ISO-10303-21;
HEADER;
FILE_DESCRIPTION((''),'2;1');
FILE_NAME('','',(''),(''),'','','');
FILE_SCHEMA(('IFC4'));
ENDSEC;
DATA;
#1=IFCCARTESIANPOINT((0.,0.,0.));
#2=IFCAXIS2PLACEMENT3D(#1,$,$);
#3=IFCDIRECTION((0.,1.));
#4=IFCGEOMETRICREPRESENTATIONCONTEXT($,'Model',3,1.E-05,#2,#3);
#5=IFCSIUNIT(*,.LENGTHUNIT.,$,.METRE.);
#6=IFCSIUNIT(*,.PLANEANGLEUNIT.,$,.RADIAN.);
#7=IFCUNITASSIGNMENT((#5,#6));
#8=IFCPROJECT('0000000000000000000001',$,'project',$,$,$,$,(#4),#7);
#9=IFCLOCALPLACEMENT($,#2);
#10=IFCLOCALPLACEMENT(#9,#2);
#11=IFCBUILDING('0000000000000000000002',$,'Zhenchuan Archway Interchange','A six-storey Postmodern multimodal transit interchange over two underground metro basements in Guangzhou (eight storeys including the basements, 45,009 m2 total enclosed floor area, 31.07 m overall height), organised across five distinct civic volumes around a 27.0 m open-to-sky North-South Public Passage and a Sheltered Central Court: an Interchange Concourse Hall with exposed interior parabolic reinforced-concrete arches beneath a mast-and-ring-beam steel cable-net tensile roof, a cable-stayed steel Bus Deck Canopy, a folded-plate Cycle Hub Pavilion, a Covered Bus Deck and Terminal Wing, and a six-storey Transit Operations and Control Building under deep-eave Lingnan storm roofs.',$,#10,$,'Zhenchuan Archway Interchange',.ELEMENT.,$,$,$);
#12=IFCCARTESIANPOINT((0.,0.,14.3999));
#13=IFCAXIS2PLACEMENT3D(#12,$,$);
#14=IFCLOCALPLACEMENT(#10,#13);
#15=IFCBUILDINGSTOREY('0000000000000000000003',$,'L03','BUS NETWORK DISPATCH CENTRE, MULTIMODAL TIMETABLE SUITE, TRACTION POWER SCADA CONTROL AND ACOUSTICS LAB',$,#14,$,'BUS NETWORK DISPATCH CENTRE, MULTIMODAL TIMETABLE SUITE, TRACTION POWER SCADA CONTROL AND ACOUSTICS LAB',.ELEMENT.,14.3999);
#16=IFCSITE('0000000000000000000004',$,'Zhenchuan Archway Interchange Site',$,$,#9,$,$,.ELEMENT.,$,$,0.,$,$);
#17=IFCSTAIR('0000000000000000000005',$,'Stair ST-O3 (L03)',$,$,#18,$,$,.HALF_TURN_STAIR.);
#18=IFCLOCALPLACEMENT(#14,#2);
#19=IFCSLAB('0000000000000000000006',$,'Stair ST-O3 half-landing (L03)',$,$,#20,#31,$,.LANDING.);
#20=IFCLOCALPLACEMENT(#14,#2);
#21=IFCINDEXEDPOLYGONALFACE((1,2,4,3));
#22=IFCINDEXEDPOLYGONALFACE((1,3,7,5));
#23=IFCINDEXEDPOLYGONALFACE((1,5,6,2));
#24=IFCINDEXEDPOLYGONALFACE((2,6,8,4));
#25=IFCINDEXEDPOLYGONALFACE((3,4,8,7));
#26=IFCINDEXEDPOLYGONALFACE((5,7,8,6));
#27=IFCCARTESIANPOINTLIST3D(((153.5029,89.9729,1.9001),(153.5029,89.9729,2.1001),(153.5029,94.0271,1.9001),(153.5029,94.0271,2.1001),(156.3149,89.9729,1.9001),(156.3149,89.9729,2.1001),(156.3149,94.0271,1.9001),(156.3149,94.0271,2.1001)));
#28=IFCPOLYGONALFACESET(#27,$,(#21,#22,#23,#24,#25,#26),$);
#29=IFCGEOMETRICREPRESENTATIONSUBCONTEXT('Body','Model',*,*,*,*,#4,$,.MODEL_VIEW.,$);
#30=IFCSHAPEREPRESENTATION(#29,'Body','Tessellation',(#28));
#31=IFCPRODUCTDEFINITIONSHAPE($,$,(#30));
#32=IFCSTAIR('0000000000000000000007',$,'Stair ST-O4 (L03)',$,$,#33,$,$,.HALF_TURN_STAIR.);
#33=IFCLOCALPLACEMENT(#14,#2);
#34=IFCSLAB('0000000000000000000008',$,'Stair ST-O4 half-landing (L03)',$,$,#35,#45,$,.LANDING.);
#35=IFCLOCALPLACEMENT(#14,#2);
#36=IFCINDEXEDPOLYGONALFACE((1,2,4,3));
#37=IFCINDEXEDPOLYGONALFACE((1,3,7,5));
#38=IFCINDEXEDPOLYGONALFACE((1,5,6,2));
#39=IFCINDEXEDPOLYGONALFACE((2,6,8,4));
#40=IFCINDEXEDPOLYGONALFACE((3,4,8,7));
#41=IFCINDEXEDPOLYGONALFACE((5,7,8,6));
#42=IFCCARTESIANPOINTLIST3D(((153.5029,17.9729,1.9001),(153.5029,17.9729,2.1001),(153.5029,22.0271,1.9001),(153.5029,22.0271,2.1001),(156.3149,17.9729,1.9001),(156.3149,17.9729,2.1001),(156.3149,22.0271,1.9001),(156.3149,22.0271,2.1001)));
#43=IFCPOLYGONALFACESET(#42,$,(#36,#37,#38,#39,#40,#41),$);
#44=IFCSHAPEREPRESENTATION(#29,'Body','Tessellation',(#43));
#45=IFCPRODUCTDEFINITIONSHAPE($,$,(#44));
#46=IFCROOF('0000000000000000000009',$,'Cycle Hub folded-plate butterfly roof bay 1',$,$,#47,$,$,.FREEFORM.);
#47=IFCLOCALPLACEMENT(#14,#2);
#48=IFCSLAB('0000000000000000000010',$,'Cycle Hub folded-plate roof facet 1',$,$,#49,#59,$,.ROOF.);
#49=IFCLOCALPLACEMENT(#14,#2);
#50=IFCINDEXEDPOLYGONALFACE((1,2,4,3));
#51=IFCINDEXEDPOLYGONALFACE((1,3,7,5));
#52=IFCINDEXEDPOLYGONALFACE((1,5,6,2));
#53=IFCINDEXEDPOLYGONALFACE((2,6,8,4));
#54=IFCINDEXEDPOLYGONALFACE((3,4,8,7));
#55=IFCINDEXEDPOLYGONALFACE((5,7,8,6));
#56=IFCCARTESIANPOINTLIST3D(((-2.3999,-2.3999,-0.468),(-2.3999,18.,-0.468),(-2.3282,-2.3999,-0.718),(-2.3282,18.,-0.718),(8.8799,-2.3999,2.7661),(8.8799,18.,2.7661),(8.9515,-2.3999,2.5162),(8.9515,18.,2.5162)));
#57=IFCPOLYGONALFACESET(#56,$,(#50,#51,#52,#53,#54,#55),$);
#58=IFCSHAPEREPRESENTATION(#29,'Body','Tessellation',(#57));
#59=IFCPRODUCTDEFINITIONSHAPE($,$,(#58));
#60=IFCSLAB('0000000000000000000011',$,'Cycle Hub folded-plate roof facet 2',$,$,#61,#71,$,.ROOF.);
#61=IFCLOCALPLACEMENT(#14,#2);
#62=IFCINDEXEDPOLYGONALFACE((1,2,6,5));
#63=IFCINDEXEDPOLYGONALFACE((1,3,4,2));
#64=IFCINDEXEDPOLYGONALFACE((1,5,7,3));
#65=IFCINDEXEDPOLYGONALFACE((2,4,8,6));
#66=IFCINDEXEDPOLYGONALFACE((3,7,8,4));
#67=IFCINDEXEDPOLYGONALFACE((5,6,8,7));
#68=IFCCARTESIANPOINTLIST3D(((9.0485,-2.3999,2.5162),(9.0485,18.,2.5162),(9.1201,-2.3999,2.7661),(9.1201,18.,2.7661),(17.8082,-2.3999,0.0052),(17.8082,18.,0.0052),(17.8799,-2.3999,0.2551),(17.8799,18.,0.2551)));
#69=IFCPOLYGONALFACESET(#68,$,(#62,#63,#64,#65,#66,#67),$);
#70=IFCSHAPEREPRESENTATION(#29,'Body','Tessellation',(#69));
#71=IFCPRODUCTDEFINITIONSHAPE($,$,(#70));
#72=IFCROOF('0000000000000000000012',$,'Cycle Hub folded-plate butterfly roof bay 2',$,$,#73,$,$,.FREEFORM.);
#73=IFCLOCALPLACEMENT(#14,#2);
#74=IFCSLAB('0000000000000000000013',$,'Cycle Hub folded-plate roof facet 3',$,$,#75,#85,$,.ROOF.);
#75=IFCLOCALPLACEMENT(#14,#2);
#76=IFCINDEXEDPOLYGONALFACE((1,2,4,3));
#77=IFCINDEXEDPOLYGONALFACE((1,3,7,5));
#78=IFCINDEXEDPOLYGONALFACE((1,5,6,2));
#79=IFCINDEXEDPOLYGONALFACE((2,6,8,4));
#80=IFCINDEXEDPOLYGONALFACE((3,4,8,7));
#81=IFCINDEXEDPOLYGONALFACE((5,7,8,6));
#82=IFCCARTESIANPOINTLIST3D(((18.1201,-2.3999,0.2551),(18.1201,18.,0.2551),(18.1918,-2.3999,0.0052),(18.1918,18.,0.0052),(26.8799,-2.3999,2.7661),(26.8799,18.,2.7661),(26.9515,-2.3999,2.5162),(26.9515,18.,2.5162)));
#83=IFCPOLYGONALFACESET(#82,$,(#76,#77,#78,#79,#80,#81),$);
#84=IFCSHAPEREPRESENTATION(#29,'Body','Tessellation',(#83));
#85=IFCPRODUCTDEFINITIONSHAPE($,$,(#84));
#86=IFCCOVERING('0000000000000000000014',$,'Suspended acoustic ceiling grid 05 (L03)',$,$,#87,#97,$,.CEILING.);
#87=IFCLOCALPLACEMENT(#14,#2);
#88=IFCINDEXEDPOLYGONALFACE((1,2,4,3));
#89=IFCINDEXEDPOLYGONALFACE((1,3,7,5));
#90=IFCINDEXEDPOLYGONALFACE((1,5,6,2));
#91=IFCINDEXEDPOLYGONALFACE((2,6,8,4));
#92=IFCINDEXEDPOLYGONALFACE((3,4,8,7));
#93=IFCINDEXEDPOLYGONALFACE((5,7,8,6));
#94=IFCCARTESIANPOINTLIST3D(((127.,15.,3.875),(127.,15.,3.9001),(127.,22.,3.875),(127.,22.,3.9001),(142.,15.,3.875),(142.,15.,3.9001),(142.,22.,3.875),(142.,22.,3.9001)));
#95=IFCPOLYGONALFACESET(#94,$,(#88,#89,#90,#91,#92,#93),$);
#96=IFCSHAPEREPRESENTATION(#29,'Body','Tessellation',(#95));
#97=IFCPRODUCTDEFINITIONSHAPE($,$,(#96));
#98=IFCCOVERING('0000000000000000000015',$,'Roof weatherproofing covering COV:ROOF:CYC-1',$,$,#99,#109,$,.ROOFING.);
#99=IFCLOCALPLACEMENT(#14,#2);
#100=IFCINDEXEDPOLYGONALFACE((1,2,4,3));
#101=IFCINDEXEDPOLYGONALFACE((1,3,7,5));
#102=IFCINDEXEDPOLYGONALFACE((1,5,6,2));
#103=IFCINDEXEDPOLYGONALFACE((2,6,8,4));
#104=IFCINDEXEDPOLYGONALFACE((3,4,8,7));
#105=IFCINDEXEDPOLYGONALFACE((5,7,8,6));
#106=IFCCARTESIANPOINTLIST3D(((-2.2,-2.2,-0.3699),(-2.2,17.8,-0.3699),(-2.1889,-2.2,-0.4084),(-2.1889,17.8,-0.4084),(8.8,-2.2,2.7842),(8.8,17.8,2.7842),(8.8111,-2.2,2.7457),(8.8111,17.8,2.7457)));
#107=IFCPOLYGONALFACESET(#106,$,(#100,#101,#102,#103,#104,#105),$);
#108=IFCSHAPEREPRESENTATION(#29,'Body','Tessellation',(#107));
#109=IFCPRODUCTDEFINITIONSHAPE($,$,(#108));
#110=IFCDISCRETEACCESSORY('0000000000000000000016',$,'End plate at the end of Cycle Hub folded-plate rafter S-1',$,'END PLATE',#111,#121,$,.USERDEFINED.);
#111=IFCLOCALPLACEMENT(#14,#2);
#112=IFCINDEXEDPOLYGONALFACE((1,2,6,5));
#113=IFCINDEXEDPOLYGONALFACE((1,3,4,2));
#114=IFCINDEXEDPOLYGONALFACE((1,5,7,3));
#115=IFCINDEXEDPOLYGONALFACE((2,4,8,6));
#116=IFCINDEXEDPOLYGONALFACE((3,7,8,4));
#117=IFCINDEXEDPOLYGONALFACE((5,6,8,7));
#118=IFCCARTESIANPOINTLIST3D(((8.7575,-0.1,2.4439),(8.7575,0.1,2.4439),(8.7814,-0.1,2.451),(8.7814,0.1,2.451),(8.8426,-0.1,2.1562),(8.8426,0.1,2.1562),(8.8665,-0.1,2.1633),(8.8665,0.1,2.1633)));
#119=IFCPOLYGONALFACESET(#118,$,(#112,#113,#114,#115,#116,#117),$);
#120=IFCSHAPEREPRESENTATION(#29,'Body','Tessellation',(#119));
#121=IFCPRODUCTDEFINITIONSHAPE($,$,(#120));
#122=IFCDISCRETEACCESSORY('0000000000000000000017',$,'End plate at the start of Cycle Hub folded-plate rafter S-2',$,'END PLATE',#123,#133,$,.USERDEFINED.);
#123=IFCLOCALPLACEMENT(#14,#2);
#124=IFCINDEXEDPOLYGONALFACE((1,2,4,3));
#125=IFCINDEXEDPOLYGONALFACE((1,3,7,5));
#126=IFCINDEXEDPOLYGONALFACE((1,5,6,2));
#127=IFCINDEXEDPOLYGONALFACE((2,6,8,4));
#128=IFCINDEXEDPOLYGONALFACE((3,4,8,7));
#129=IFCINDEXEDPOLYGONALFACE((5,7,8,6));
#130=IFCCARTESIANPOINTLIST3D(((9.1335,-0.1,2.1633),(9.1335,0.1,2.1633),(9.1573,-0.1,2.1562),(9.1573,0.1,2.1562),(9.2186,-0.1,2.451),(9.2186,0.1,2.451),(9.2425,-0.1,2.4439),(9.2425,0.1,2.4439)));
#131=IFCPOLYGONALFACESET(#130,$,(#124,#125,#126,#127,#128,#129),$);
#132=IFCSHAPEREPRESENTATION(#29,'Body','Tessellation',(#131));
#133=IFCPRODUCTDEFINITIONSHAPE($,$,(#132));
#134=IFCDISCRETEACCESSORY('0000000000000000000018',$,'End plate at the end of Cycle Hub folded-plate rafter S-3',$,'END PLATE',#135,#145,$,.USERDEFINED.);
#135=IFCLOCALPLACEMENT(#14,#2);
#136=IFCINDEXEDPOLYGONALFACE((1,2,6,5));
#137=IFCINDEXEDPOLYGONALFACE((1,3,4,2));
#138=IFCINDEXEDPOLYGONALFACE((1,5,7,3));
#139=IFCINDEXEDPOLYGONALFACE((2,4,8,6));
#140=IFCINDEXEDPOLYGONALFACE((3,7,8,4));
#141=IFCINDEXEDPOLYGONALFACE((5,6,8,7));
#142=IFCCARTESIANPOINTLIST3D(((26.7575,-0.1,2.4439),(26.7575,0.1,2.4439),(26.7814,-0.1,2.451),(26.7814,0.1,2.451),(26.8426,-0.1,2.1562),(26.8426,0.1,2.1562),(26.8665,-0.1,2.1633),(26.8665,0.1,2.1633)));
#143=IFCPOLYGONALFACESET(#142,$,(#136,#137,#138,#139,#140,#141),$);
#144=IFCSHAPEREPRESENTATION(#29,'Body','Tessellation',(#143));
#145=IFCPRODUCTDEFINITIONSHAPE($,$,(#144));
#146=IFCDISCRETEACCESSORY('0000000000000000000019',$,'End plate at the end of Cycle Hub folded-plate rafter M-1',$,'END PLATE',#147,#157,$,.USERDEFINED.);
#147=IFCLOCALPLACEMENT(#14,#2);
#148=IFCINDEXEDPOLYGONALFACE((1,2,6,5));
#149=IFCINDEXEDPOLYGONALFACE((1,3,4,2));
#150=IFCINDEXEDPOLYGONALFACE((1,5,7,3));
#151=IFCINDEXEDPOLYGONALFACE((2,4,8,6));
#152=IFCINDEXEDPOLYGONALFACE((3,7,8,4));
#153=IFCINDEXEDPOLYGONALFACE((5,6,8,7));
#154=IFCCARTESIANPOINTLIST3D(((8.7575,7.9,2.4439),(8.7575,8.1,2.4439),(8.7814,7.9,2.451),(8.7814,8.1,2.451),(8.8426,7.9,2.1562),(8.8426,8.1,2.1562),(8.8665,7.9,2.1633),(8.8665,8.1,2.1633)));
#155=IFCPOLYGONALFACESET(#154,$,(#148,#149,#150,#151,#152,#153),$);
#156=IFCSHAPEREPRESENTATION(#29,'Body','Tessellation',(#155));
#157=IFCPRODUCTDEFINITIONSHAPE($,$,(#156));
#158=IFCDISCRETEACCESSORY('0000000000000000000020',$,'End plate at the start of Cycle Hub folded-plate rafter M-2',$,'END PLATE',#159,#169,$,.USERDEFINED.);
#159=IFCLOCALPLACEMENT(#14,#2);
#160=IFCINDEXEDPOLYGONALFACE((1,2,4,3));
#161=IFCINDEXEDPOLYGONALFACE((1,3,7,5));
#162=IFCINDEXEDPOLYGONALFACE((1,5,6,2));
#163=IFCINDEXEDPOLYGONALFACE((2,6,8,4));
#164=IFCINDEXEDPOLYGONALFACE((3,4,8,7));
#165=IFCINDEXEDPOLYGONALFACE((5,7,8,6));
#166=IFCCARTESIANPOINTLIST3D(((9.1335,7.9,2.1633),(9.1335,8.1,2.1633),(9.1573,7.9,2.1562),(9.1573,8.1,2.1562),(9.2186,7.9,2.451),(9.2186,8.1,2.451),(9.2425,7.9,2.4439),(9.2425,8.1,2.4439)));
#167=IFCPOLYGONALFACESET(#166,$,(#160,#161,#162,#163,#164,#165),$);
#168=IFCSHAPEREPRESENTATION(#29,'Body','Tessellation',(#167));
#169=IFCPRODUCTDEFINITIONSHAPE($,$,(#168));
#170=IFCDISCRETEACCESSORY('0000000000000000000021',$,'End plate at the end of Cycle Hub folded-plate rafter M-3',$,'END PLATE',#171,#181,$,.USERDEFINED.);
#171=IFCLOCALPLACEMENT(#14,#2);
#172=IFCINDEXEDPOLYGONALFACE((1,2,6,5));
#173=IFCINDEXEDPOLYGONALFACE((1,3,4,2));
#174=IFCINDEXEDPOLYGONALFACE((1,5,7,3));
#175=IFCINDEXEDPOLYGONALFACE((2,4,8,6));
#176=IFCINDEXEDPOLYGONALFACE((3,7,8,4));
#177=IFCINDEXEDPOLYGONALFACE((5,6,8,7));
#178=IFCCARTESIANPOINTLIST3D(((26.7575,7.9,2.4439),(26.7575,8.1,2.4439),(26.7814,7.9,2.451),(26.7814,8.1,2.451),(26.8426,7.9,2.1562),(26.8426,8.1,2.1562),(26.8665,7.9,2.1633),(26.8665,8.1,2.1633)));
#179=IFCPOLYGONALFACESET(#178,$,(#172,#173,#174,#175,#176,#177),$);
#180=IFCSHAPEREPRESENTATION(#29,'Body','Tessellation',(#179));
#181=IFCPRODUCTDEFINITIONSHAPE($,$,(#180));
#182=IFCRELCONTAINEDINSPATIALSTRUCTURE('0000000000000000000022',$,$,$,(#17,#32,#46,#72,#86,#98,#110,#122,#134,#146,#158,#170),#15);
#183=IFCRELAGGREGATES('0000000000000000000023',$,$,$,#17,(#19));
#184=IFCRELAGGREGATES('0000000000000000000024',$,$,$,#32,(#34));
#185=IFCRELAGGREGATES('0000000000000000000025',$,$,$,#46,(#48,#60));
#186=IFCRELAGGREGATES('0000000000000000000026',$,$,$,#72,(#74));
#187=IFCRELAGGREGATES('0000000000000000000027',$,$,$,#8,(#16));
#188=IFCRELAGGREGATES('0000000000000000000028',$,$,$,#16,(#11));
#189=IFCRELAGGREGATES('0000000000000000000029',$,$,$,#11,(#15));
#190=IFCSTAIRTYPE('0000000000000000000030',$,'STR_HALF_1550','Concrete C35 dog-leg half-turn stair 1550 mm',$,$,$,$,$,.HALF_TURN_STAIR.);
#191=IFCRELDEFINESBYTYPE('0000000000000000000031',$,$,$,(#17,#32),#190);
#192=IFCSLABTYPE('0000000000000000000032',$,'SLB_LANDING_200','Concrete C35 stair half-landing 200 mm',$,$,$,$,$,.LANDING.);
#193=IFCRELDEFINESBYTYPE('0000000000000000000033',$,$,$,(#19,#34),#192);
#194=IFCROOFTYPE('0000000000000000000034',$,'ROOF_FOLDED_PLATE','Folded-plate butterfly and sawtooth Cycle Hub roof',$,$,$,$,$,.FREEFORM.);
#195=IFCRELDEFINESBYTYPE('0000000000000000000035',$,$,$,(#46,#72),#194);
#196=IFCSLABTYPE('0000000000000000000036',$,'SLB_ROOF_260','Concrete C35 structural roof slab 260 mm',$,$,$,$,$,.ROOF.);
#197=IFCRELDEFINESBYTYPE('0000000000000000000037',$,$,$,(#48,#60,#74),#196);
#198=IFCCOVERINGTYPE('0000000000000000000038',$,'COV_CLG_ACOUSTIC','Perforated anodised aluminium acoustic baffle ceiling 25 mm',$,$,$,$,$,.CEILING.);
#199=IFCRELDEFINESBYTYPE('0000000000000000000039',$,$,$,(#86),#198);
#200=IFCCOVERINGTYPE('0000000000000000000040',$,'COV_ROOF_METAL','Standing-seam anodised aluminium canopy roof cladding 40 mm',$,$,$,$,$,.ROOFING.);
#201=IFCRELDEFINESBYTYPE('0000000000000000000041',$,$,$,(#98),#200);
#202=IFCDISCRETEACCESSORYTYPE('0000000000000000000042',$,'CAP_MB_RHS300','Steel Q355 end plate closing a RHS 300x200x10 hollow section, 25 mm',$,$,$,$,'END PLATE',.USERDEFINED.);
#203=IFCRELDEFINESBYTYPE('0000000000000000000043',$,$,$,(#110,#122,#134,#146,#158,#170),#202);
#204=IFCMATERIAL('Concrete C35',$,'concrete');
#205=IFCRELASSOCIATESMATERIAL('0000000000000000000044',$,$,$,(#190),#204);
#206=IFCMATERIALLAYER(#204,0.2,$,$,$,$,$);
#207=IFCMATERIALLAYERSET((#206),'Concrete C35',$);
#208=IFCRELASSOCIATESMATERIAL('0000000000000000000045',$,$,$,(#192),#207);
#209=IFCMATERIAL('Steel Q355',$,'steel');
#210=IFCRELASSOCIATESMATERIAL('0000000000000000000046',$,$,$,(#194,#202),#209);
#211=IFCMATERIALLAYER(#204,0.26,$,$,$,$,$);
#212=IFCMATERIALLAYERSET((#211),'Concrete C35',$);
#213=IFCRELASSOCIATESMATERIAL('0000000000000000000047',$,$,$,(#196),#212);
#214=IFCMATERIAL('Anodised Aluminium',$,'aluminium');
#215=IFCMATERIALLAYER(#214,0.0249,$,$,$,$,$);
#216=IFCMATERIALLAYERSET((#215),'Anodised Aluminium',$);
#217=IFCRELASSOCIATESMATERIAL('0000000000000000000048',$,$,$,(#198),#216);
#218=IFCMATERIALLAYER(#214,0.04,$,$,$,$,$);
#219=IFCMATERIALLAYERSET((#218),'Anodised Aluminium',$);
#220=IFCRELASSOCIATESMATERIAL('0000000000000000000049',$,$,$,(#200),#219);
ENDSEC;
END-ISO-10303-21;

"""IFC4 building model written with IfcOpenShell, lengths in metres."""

from ifc_helpers import new_model, si_unit, direction, frame, origin, origin_2d, place, context, subcontext, project, spatial, polyline, rectangle, outline, extrude, material, layer, layer_set, type_object, element, aggregate, save


model = new_model("IFC4")

# Units and contexts
model_context = context("Model", 3, precision=1e-05, world=origin(), true_north=direction((0.0, 1.0)))
body_context = subcontext(model_context, "Body", "Model", "MODEL_VIEW")
ifc_project = project(units=[si_unit("LENGTHUNIT", "METRE"), si_unit("PLANEANGLEUNIT", "RADIAN")], contexts=[model_context])

# Site, building, storey
site_placement = place(None, origin())
site = spatial("IfcSite", under=ifc_project, at=site_placement, Name="Zhenchuan Archway Interchange Site", CompositionType="ELEMENT", RefElevation=0.0)
building_placement = place(site_placement, origin())
building = spatial("IfcBuilding", under=site, at=building_placement, Name="Zhenchuan Archway Interchange", Description="A six-storey Postmodern multimodal transit interchange over two underground metro basements in Guangzhou (eight storeys including the basements, 45,009 m2 total enclosed floor area, 31.07 m overall height), organised across five distinct civic volumes around a 27.0 m open-to-sky North-South Public Passage and a Sheltered Central Court: an Interchange Concourse Hall with exposed interior parabolic reinforced-concrete arches beneath a mast-and-ring-beam steel cable-net tensile roof, a cable-stayed steel Bus Deck Canopy, a folded-plate Cycle Hub Pavilion, a Covered Bus Deck and Terminal Wing, and a six-storey Transit Operations and Control Building under deep-eave Lingnan storm roofs.", LongName="Zhenchuan Archway Interchange", CompositionType="ELEMENT")
storey_placement = place(building_placement, frame((0.0, 0.0, 14.3999)))
storey = spatial("IfcBuildingStorey", under=building, at=storey_placement, Name="L03", Description="BUS NETWORK DISPATCH CENTRE, MULTIMODAL TIMETABLE SUITE, TRACTION POWER SCADA CONTROL AND ACOUSTICS LAB", LongName="BUS NETWORK DISPATCH CENTRE, MULTIMODAL TIMETABLE SUITE, TRACTION POWER SCADA CONTROL AND ACOUSTICS LAB", CompositionType="ELEMENT", Elevation=14.3999)

# Shared definitions
ifc_material_1 = material(Name="Steel Q355", Category="steel")

# Shared definitions
ifc_material_2 = material(Name="Concrete C35", Category="concrete")

# Stairs, slabs
stair_type_1 = type_object("IfcStairType", Name="STR_HALF_1550", Description="Concrete C35 dog-leg half-turn stair 1550 mm", PredefinedType="HALF_TURN_STAIR", material=ifc_material_2)
ifc_layer_1 = layer(ifc_material_2, 0.2)
ifc_layer_set_1 = layer_set([ifc_layer_1], Name="Concrete C35")
slab_type_1 = type_object("IfcSlabType", Name="SLB_LANDING_200", Description="Concrete C35 stair half-landing 200 mm", PredefinedType="LANDING", material=ifc_layer_set_1)
stair_1_placement = place(storey_placement, origin())
stair_1 = element("IfcStair", 1, at=stair_1_placement, inside=storey, type_object=stair_type_1, Name="Stair ST-O3 (L03)", PredefinedType="HALF_TURN_STAIR")
slab_1_placement = place(storey_placement, frame((0.0, 0.0, 1.9001)))
slab_1 = element("IfcSlab", 2, at=slab_1_placement, type_object=slab_type_1, Name="Stair ST-O3 half-landing (L03)", PredefinedType="LANDING", context=body_context, shape_type="SweptSolid", body=[
    extrude(outline(polyline([(153.5029, 89.9729), (156.3149, 89.9729), (156.3149, 94.0271), (153.5029, 94.0271), (153.5029, 89.9729)])), origin(), (0.0, 0.0, 1.0), 0.2),
])
aggregate(stair_1, [slab_1])
stair_2_placement = place(storey_placement, origin())
stair_2 = element("IfcStair", 3, at=stair_2_placement, inside=storey, type_object=stair_type_1, Name="Stair ST-O4 (L03)", PredefinedType="HALF_TURN_STAIR")
slab_2_placement = place(storey_placement, frame((0.0, 0.0, 1.9001)))
slab_2 = element("IfcSlab", 4, at=slab_2_placement, type_object=slab_type_1, Name="Stair ST-O4 half-landing (L03)", PredefinedType="LANDING", context=body_context, shape_type="SweptSolid", body=[
    extrude(outline(polyline([(153.5029, 17.9729), (156.3149, 17.9729), (156.3149, 22.0271), (153.5029, 22.0271), (153.5029, 17.9729)])), origin(), (0.0, 0.0, 1.0), 0.2),
])
aggregate(stair_2, [slab_2])

# Roof, slabs
roof_type = type_object("IfcRoofType", Name="ROOF_FOLDED_PLATE", Description="Folded-plate butterfly and sawtooth Cycle Hub roof", PredefinedType="FREEFORM", material=ifc_material_1)
roof_1_placement = place(storey_placement, origin())
roof_1 = element("IfcRoof", 5, at=roof_1_placement, inside=storey, type_object=roof_type, Name="Cycle Hub folded-plate butterfly roof bay 1", PredefinedType="FREEFORM")
ifc_layer_2 = layer(ifc_material_2, 0.26)
ifc_layer_set_2 = layer_set([ifc_layer_2], Name="Concrete C35")
slab_type_2 = type_object("IfcSlabType", Name="SLB_ROOF_260", Description="Concrete C35 structural roof slab 260 mm", PredefinedType="ROOF", material=ifc_layer_set_2)
slab_3_placement = place(storey_placement, frame((-2.3999, -2.3999, -0.468), z_axis=(-0.275614, 0.0, 0.961268), x_axis=(0.961268, 0.0, 0.275614)))
slab_3 = element("IfcSlab", 6, at=slab_3_placement, type_object=slab_type_2, Name="Cycle Hub folded-plate roof facet 1", PredefinedType="ROOF", context=body_context, shape_type="SweptSolid", body=[
    extrude(outline(polyline([(0.0, 0.0), (11.7343, 0.0), (11.7343, 20.3999), (0.0, 20.3999), (0.0, 0.0)])), origin(), (0.0, 0.0, -1.0), 0.26),
])
slab_4_placement = place(storey_placement, frame((9.1201, -2.3999, 2.7661), z_axis=(0.275553, 0.0, 0.961286), x_axis=(0.961286, 0.0, -0.275553)))
slab_4 = element("IfcSlab", 7, at=slab_4_placement, type_object=slab_type_2, Name="Cycle Hub folded-plate roof facet 2", PredefinedType="ROOF", context=body_context, shape_type="SweptSolid", body=[
    extrude(outline(polyline([(0.0, 0.0), (9.1125, 0.0), (9.1125, 20.3999), (0.0, 20.3999), (0.0, 0.0)])), origin(), (0.0, 0.0, -1.0), 0.26),
])
aggregate(roof_1, [slab_3, slab_4])

# Roof, slab
roof_2_placement = place(storey_placement, origin())
roof_2 = element("IfcRoof", 8, at=roof_2_placement, inside=storey, type_object=roof_type, Name="Cycle Hub folded-plate butterfly roof bay 2", PredefinedType="FREEFORM")
slab_5_placement = place(storey_placement, frame((18.1201, -2.3999, 0.2551), z_axis=(-0.275553, 0.0, 0.961286), x_axis=(0.961286, 0.0, 0.275553)))
slab_5 = element("IfcSlab", 9, at=slab_5_placement, type_object=slab_type_2, Name="Cycle Hub folded-plate roof facet 3", PredefinedType="ROOF", context=body_context, shape_type="SweptSolid", body=[
    extrude(outline(polyline([(0.0, 0.0), (9.1125, 0.0), (9.1125, 20.3999), (0.0, 20.3999), (0.0, 0.0)])), origin(), (0.0, 0.0, -1.0), 0.26),
])
aggregate(roof_2, [slab_5])

# Coverings
ifc_material_3 = material(Name="Anodised Aluminium", Category="aluminium")
ifc_layer_3 = layer(ifc_material_3, 0.0249)
ifc_layer_set_3 = layer_set([ifc_layer_3], Name="Anodised Aluminium")
covering_type_1 = type_object("IfcCoveringType", Name="COV_CLG_ACOUSTIC", Description="Perforated anodised aluminium acoustic baffle ceiling 25 mm", PredefinedType="CEILING", material=ifc_layer_set_3)
covering_1_placement = place(storey_placement, frame((0.0, 0.0, 3.875)))
element("IfcCovering", 10, at=covering_1_placement, inside=storey, type_object=covering_type_1, Name="Suspended acoustic ceiling grid 05 (L03)", PredefinedType="CEILING", context=body_context, shape_type="SweptSolid", body=[
    extrude(outline(polyline([(127.0, 15.0), (142.0, 15.0), (142.0, 22.0), (127.0, 22.0), (127.0, 15.0)])), origin(), (0.0, 0.0, 1.0), 0.0251),
])
ifc_layer_4 = layer(ifc_material_3, 0.04)
ifc_layer_set_4 = layer_set([ifc_layer_4], Name="Anodised Aluminium")
covering_type_2 = type_object("IfcCoveringType", Name="COV_ROOF_METAL", Description="Standing-seam anodised aluminium canopy roof cladding 40 mm", PredefinedType="ROOFING", material=ifc_layer_set_4)
covering_2_placement = place(storey_placement, frame((-2.2, -2.2, -0.3699), z_axis=(-0.275626, 0.0, 0.961265), x_axis=(0.961265, 0.0, 0.275626)))
element("IfcCovering", 11, at=covering_2_placement, inside=storey, type_object=covering_type_2, Name="Roof weatherproofing covering COV:ROOF:CYC-1", PredefinedType="ROOFING", context=body_context, shape_type="SweptSolid", body=[
    extrude(outline(polyline([(0.0, 0.0), (11.4433, 0.0), (11.4433, 20.0), (0.0, 20.0), (0.0, 0.0)])), origin(), (0.0, 0.0, -1.0), 0.04),
])

# Discrete accessories
discrete_accessory_type = type_object("IfcDiscreteAccessoryType", Name="CAP_MB_RHS300", Description="Steel Q355 end plate closing a RHS 300x200x10 hollow section, 25 mm", ElementType="END PLATE", PredefinedType="USERDEFINED", material=ifc_material_1)
for number, where, z_axis, x_axis, name in (
    (12, (8.8, 0.0, 2.3), (0.958897, 0.0, 0.283755), (0.0, 1.0, 0.0), "End plate at the end of Cycle Hub folded-plate rafter S-1"),
    (13, (9.176, 0.0, 2.3071), (0.958897, 0.0, -0.283755), (0.0, 1.0, 0.0), "End plate at the start of Cycle Hub folded-plate rafter S-2"),
    (14, (26.8, 0.0, 2.3), (0.958897, 0.0, 0.283755), (0.0, 1.0, 0.0), "End plate at the end of Cycle Hub folded-plate rafter S-3"),
    (15, (8.8, 8.0, 2.3), (0.958897, 0.0, 0.283755), (0.0, 1.0, 0.0), "End plate at the end of Cycle Hub folded-plate rafter M-1"),
    (16, (9.176, 8.0, 2.3071), (0.958897, 0.0, -0.283755), (0.0, 1.0, 0.0), "End plate at the start of Cycle Hub folded-plate rafter M-2"),
    (17, (26.8, 8.0, 2.3), (0.958897, 0.0, 0.283755), (0.0, 1.0, 0.0), "End plate at the end of Cycle Hub folded-plate rafter M-3"),
):
    element("IfcDiscreteAccessory", number, at=place(storey_placement, frame(where, z_axis=z_axis, x_axis=x_axis)), inside=storey, type_object=discrete_accessory_type, Name=name, ObjectType="END PLATE", PredefinedType="USERDEFINED", context=body_context, shape_type="SweptSolid", body=[
        extrude(rectangle(XDim=0.2, YDim=0.3, at=origin_2d()), origin(), (0.0, 0.0, 1.0), 0.0249),
    ])

save(model, "model.ifc")
